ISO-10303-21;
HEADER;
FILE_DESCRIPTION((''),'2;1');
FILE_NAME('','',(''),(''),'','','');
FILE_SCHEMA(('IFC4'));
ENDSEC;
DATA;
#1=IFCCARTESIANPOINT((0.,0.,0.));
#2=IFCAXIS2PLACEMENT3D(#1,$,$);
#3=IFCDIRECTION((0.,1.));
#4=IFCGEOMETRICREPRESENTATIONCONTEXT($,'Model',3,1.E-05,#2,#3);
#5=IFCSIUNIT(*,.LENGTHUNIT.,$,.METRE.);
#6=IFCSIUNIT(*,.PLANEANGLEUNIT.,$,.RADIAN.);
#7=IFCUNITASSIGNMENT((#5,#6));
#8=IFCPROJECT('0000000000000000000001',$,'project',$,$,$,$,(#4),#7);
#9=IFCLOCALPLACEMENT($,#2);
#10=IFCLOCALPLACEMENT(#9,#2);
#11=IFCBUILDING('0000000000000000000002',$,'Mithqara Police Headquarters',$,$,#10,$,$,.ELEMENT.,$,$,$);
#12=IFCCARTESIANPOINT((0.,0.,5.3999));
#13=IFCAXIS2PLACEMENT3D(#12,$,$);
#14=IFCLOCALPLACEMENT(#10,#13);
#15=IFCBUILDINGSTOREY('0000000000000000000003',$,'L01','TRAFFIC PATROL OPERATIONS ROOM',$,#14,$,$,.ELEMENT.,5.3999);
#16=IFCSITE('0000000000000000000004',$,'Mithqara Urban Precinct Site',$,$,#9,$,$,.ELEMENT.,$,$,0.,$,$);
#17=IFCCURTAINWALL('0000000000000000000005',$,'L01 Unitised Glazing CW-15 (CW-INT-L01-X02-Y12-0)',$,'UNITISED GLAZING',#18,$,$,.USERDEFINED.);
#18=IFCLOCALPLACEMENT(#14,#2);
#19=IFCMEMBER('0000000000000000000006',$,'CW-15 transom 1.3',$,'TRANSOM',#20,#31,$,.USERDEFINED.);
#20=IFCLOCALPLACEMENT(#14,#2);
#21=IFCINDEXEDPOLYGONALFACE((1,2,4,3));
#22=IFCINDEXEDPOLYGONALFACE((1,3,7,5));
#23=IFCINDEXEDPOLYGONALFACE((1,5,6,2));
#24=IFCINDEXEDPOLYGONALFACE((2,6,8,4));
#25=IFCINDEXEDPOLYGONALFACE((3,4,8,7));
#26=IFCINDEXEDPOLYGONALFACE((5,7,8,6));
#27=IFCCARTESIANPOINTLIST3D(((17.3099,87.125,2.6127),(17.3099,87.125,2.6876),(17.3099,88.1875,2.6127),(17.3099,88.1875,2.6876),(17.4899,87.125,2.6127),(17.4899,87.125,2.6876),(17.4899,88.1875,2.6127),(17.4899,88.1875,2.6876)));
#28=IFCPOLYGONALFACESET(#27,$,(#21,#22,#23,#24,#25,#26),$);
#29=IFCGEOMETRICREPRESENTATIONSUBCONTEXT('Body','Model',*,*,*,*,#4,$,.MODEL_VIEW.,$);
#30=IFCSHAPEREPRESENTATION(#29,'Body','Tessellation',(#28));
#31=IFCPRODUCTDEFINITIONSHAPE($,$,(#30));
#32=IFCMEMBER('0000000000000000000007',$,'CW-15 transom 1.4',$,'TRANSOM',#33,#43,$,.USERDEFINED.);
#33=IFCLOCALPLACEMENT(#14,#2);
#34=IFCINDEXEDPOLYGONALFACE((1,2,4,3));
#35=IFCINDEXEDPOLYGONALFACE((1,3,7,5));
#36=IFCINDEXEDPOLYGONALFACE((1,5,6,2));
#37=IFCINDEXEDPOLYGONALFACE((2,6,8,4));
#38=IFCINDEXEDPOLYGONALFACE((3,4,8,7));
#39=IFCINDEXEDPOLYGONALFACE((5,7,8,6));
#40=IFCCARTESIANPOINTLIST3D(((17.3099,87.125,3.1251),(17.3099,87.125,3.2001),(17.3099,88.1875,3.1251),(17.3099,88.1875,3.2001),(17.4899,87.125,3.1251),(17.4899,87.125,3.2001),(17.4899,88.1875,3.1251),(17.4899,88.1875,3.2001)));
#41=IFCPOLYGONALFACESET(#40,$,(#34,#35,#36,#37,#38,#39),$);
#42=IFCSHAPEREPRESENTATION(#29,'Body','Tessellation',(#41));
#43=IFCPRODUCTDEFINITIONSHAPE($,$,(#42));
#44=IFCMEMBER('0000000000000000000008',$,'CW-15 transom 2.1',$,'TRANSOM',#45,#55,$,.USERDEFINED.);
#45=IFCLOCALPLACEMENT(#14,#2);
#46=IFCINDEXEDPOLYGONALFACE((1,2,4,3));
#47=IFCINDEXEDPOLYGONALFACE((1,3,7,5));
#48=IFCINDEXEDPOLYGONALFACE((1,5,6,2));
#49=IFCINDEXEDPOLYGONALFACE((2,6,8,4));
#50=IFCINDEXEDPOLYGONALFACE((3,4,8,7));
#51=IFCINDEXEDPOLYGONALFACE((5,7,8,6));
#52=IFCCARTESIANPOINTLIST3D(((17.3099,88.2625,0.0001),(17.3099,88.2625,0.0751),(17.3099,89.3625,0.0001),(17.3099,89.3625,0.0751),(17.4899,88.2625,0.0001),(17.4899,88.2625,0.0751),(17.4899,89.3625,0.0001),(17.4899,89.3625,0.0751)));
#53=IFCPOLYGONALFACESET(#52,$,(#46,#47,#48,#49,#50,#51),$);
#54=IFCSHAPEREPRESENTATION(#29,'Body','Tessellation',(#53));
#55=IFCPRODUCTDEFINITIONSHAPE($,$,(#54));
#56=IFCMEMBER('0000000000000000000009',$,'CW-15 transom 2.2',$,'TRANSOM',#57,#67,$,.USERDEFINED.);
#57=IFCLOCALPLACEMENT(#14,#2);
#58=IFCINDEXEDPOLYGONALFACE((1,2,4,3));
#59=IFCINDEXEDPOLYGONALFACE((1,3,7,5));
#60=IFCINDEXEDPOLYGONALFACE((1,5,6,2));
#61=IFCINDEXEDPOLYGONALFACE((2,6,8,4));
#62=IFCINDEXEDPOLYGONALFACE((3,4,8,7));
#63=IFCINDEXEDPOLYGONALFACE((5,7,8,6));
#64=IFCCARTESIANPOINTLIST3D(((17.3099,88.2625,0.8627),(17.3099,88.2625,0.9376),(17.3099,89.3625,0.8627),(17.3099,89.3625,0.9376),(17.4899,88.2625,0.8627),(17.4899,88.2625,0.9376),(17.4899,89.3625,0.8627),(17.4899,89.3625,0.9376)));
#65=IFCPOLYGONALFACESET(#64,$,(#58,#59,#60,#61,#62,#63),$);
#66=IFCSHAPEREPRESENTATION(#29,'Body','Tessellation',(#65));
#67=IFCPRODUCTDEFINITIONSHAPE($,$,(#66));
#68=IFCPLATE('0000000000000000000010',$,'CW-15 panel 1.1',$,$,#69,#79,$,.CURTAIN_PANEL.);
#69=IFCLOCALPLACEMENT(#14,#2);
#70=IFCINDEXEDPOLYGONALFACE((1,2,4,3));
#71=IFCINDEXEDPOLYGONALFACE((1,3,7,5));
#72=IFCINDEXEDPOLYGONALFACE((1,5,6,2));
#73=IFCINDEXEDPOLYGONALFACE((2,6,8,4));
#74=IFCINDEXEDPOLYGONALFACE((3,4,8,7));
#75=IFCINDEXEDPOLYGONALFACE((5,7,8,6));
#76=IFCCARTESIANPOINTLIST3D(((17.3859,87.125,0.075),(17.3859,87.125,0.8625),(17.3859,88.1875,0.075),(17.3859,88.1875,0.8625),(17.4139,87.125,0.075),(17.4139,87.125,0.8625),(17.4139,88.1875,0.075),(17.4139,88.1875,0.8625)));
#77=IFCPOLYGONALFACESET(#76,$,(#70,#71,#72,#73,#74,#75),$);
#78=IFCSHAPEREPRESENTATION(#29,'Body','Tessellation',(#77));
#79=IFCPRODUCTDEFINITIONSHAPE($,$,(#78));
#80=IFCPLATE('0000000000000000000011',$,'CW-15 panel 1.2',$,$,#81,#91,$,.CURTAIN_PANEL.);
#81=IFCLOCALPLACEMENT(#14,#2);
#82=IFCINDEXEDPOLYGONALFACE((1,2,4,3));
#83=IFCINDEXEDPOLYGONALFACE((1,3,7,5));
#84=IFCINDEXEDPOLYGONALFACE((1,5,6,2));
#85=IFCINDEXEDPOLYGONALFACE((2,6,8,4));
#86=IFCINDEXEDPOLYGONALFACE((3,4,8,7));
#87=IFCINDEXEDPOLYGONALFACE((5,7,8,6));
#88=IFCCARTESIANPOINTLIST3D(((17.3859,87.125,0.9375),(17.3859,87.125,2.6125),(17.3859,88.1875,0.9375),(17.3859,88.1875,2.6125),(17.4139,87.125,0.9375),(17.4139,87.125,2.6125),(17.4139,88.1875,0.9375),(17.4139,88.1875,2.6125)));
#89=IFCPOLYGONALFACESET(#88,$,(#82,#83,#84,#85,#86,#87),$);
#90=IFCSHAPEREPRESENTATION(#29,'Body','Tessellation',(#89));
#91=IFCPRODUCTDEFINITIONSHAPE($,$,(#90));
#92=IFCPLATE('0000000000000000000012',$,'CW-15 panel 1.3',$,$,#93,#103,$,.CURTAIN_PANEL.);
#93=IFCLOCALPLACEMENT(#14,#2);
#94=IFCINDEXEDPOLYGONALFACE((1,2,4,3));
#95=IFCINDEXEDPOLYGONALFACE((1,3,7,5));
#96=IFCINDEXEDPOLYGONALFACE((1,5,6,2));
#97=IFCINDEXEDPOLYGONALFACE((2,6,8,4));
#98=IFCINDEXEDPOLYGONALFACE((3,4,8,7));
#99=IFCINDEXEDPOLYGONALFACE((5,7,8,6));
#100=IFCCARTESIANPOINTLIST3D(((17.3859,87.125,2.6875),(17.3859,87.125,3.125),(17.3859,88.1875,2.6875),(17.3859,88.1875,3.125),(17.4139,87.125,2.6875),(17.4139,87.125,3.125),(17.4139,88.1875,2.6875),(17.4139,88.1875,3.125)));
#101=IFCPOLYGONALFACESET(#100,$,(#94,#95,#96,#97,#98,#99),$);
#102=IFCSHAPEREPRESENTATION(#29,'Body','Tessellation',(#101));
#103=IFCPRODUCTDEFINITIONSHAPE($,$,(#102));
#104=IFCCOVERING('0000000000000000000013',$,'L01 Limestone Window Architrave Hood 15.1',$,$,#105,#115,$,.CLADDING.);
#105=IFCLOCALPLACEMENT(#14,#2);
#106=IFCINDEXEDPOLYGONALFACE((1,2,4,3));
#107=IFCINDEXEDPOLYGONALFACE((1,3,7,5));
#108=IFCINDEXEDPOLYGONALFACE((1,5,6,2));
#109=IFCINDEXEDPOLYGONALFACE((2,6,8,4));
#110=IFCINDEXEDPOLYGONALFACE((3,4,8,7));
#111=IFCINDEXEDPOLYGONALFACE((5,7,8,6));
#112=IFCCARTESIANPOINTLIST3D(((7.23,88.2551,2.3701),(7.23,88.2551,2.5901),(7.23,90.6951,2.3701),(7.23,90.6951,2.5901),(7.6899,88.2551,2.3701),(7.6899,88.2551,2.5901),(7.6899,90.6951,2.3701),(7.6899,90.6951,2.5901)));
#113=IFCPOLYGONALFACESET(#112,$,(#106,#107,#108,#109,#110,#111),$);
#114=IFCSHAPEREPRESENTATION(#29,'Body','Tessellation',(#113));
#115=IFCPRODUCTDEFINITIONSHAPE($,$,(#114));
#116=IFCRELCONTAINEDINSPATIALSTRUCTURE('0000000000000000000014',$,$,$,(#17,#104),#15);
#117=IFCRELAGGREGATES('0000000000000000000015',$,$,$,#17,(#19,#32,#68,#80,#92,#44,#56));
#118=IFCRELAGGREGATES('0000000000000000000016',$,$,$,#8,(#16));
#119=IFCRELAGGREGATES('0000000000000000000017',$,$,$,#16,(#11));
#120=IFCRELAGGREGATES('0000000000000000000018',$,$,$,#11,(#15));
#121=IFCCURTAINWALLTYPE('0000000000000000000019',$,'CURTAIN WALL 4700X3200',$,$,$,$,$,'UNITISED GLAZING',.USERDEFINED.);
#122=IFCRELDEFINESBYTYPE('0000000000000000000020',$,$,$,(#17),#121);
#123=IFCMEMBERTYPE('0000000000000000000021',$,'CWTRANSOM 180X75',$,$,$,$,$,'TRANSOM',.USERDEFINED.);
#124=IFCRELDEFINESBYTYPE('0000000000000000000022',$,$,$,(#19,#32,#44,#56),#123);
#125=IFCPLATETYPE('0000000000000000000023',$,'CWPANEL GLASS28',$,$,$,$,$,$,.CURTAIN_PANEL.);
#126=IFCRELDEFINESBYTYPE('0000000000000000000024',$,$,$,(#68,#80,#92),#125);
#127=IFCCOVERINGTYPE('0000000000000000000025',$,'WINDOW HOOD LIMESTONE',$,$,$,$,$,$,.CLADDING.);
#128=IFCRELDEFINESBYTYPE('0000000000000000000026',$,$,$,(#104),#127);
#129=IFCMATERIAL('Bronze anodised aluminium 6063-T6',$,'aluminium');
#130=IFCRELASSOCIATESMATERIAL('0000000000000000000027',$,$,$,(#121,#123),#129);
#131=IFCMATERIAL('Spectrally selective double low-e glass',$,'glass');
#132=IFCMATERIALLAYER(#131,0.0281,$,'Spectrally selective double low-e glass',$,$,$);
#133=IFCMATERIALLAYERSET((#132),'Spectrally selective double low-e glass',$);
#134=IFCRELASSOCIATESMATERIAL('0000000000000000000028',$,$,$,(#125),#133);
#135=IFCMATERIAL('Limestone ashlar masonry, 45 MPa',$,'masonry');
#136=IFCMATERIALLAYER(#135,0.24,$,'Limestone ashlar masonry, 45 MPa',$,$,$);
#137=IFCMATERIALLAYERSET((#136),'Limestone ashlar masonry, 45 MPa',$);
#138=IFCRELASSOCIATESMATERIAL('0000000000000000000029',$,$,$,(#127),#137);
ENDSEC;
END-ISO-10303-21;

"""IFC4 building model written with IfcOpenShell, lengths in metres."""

from ifc_helpers import new_model, si_unit, direction, frame, origin, origin_2d, place, context, subcontext, project, spatial, rectangle, extrude, material, layer, layer_set, material_profile, profile_set, type_object, element, aggregate, save


model = new_model("IFC4")

# Units and contexts
model_context = context("Model", 3, precision=1e-05, world=origin(), true_north=direction((0.0, 1.0)))
body_context = subcontext(model_context, "Body", "Model", "MODEL_VIEW")
ifc_project = project(units=[si_unit("LENGTHUNIT", "METRE"), si_unit("PLANEANGLEUNIT", "RADIAN")], contexts=[model_context])

# Site, building, storey
site_placement = place(None, origin())
site = spatial("IfcSite", under=ifc_project, at=site_placement, Name="Mithqara Urban Precinct Site", CompositionType="ELEMENT", RefElevation=0.0)
building_placement = place(site_placement, origin())
building = spatial("IfcBuilding", under=site, at=building_placement, Name="Mithqara Police Headquarters", CompositionType="ELEMENT")
storey_placement = place(building_placement, frame((0.0, 0.0, 5.3999)))
storey = spatial("IfcBuildingStorey", under=building, at=storey_placement, Name="L01", Description="TRAFFIC PATROL OPERATIONS ROOM", CompositionType="ELEMENT", Elevation=5.3999)

# Curtain wall, members, plates
ifc_material_1 = material(Name="Bronze anodised aluminium 6063-T6", Category="aluminium")
curtain_wall_type = type_object("IfcCurtainWallType", Name="CURTAIN WALL 4700X3200", ElementType="UNITISED GLAZING", PredefinedType="USERDEFINED", material=ifc_material_1)
curtain_wall_placement = place(storey_placement, origin())
curtain_wall = element("IfcCurtainWall", 1, at=curtain_wall_placement, inside=storey, type_object=curtain_wall_type, Name="L01 Unitised Glazing CW-15 (CW-INT-L01-X02-Y12-0)", ObjectType="UNITISED GLAZING", PredefinedType="USERDEFINED")
ifc_material_profile_1 = material_profile(ifc_material_1, rectangle(XDim=0.1799, YDim=0.075, at=origin_2d()), Name="CWT 180x75")
ifc_profile_set_1 = profile_set([ifc_material_profile_1], Name="Bronze anodised aluminium 6063-T6")
member_type_1 = type_object("IfcMemberType", Name="CWTRANSOM 180X75", ElementType="TRANSOM", PredefinedType="USERDEFINED", material=ifc_profile_set_1)
member_1_placement = place(storey_placement, frame((17.3999, 87.125, 2.6501), z_axis=(0.0, 1.0, 0.0), x_axis=(-1.0, 0.0, 0.0)))
member_1 = element("IfcMember", 2, at=member_1_placement, type_object=member_type_1, Name="CW-15 transom 1.3", ObjectType="TRANSOM", PredefinedType="USERDEFINED", context=body_context, shape_type="SweptSolid", body=[
    extrude(rectangle(XDim=0.1799, YDim=0.075, at=origin_2d()), origin(), (0.0, 0.0, 1.0), 1.0625),
])
member_2_placement = place(storey_placement, frame((17.3999, 87.125, 3.1626), z_axis=(0.0, 1.0, 0.0), x_axis=(-1.0, 0.0, 0.0)))
member_2 = element("IfcMember", 3, at=member_2_placement, type_object=member_type_1, Name="CW-15 transom 1.4", ObjectType="TRANSOM", PredefinedType="USERDEFINED", context=body_context, shape_type="SweptSolid", body=[
    extrude(rectangle(XDim=0.1799, YDim=0.075, at=origin_2d()), origin(), (0.0, 0.0, 1.0), 1.0625),
])
member_3_placement = place(storey_placement, frame((17.3999, 88.2625, 0.0376), z_axis=(0.0, 1.0, 0.0), x_axis=(-1.0, 0.0, 0.0)))
member_3 = element("IfcMember", 4, at=member_3_placement, type_object=member_type_1, Name="CW-15 transom 2.1", ObjectType="TRANSOM", PredefinedType="USERDEFINED", context=body_context, shape_type="SweptSolid", body=[
    extrude(rectangle(XDim=0.1799, YDim=0.075, at=origin_2d()), origin(), (0.0, 0.0, 1.0), 1.1001),
])
member_4_placement = place(storey_placement, frame((17.3999, 88.2625, 0.9001), z_axis=(0.0, 1.0, 0.0), x_axis=(-1.0, 0.0, 0.0)))
member_4 = element("IfcMember", 5, at=member_4_placement, type_object=member_type_1, Name="CW-15 transom 2.2", ObjectType="TRANSOM", PredefinedType="USERDEFINED", context=body_context, shape_type="SweptSolid", body=[
    extrude(rectangle(XDim=0.1799, YDim=0.075, at=origin_2d()), origin(), (0.0, 0.0, 1.0), 1.1001),
])
ifc_material_2 = material(Name="Spectrally selective double low-e glass", Category="glass")
ifc_layer_1 = layer(ifc_material_2, 0.0281, Name="Spectrally selective double low-e glass")
ifc_layer_set_1 = layer_set([ifc_layer_1], Name="Spectrally selective double low-e glass")
plate_type = type_object("IfcPlateType", Name="CWPANEL GLASS28", PredefinedType="CURTAIN_PANEL", material=ifc_layer_set_1)
plate_1_placement = place(storey_placement, frame((17.3999, 87.6562, 0.075), z_axis=(0.0, 0.0, 1.0), x_axis=(0.0, 1.0, 0.0)))
plate_1 = element("IfcPlate", 6, at=plate_1_placement, type_object=plate_type, Name="CW-15 panel 1.1", PredefinedType="CURTAIN_PANEL", context=body_context, shape_type="SweptSolid", body=[
    extrude(rectangle(XDim=1.0625, YDim=0.0281, at=origin_2d()), origin(), (0.0, 0.0, 1.0), 0.7876),
])
plate_2_placement = place(storey_placement, frame((17.3999, 87.6562, 0.9375), z_axis=(0.0, 0.0, 1.0), x_axis=(0.0, 1.0, 0.0)))
plate_2 = element("IfcPlate", 7, at=plate_2_placement, type_object=plate_type, Name="CW-15 panel 1.2", PredefinedType="CURTAIN_PANEL", context=body_context, shape_type="SweptSolid", body=[
    extrude(rectangle(XDim=1.0625, YDim=0.0281, at=origin_2d()), origin(), (0.0, 0.0, 1.0), 1.675),
])
plate_3_placement = place(storey_placement, frame((17.3999, 87.6562, 2.6875), z_axis=(0.0, 0.0, 1.0), x_axis=(0.0, 1.0, 0.0)))
plate_3 = element("IfcPlate", 8, at=plate_3_placement, type_object=plate_type, Name="CW-15 panel 1.3", PredefinedType="CURTAIN_PANEL", context=body_context, shape_type="SweptSolid", body=[
    extrude(rectangle(XDim=1.0625, YDim=0.0281, at=origin_2d()), origin(), (0.0, 0.0, 1.0), 0.4375),
])
aggregate(curtain_wall, [member_1, member_2, plate_1, plate_2, plate_3, member_3, member_4])

# Covering
ifc_material_3 = material(Name="Limestone ashlar masonry, 45 MPa", Category="masonry")
ifc_layer_2 = layer(ifc_material_3, 0.24, Name="Limestone ashlar masonry, 45 MPa")
ifc_layer_set_2 = layer_set([ifc_layer_2], Name="Limestone ashlar masonry, 45 MPa")
covering_type = type_object("IfcCoveringType", Name="WINDOW HOOD LIMESTONE", PredefinedType="CLADDING", material=ifc_layer_set_2)
covering_placement = place(storey_placement, frame((7.46, 89.4751, 2.3701), z_axis=(0.0, 0.0, 1.0), x_axis=(0.0, 1.0, 0.0)))
element("IfcCovering", 9, at=covering_placement, inside=storey, type_object=covering_type, Name="L01 Limestone Window Architrave Hood 15.1", PredefinedType="CLADDING", context=body_context, shape_type="SweptSolid", body=[
    extrude(rectangle(XDim=2.4399, YDim=0.46, at=origin_2d()), origin(), (0.0, 0.0, 1.0), 0.22),
])

save(model, "model.ifc")
